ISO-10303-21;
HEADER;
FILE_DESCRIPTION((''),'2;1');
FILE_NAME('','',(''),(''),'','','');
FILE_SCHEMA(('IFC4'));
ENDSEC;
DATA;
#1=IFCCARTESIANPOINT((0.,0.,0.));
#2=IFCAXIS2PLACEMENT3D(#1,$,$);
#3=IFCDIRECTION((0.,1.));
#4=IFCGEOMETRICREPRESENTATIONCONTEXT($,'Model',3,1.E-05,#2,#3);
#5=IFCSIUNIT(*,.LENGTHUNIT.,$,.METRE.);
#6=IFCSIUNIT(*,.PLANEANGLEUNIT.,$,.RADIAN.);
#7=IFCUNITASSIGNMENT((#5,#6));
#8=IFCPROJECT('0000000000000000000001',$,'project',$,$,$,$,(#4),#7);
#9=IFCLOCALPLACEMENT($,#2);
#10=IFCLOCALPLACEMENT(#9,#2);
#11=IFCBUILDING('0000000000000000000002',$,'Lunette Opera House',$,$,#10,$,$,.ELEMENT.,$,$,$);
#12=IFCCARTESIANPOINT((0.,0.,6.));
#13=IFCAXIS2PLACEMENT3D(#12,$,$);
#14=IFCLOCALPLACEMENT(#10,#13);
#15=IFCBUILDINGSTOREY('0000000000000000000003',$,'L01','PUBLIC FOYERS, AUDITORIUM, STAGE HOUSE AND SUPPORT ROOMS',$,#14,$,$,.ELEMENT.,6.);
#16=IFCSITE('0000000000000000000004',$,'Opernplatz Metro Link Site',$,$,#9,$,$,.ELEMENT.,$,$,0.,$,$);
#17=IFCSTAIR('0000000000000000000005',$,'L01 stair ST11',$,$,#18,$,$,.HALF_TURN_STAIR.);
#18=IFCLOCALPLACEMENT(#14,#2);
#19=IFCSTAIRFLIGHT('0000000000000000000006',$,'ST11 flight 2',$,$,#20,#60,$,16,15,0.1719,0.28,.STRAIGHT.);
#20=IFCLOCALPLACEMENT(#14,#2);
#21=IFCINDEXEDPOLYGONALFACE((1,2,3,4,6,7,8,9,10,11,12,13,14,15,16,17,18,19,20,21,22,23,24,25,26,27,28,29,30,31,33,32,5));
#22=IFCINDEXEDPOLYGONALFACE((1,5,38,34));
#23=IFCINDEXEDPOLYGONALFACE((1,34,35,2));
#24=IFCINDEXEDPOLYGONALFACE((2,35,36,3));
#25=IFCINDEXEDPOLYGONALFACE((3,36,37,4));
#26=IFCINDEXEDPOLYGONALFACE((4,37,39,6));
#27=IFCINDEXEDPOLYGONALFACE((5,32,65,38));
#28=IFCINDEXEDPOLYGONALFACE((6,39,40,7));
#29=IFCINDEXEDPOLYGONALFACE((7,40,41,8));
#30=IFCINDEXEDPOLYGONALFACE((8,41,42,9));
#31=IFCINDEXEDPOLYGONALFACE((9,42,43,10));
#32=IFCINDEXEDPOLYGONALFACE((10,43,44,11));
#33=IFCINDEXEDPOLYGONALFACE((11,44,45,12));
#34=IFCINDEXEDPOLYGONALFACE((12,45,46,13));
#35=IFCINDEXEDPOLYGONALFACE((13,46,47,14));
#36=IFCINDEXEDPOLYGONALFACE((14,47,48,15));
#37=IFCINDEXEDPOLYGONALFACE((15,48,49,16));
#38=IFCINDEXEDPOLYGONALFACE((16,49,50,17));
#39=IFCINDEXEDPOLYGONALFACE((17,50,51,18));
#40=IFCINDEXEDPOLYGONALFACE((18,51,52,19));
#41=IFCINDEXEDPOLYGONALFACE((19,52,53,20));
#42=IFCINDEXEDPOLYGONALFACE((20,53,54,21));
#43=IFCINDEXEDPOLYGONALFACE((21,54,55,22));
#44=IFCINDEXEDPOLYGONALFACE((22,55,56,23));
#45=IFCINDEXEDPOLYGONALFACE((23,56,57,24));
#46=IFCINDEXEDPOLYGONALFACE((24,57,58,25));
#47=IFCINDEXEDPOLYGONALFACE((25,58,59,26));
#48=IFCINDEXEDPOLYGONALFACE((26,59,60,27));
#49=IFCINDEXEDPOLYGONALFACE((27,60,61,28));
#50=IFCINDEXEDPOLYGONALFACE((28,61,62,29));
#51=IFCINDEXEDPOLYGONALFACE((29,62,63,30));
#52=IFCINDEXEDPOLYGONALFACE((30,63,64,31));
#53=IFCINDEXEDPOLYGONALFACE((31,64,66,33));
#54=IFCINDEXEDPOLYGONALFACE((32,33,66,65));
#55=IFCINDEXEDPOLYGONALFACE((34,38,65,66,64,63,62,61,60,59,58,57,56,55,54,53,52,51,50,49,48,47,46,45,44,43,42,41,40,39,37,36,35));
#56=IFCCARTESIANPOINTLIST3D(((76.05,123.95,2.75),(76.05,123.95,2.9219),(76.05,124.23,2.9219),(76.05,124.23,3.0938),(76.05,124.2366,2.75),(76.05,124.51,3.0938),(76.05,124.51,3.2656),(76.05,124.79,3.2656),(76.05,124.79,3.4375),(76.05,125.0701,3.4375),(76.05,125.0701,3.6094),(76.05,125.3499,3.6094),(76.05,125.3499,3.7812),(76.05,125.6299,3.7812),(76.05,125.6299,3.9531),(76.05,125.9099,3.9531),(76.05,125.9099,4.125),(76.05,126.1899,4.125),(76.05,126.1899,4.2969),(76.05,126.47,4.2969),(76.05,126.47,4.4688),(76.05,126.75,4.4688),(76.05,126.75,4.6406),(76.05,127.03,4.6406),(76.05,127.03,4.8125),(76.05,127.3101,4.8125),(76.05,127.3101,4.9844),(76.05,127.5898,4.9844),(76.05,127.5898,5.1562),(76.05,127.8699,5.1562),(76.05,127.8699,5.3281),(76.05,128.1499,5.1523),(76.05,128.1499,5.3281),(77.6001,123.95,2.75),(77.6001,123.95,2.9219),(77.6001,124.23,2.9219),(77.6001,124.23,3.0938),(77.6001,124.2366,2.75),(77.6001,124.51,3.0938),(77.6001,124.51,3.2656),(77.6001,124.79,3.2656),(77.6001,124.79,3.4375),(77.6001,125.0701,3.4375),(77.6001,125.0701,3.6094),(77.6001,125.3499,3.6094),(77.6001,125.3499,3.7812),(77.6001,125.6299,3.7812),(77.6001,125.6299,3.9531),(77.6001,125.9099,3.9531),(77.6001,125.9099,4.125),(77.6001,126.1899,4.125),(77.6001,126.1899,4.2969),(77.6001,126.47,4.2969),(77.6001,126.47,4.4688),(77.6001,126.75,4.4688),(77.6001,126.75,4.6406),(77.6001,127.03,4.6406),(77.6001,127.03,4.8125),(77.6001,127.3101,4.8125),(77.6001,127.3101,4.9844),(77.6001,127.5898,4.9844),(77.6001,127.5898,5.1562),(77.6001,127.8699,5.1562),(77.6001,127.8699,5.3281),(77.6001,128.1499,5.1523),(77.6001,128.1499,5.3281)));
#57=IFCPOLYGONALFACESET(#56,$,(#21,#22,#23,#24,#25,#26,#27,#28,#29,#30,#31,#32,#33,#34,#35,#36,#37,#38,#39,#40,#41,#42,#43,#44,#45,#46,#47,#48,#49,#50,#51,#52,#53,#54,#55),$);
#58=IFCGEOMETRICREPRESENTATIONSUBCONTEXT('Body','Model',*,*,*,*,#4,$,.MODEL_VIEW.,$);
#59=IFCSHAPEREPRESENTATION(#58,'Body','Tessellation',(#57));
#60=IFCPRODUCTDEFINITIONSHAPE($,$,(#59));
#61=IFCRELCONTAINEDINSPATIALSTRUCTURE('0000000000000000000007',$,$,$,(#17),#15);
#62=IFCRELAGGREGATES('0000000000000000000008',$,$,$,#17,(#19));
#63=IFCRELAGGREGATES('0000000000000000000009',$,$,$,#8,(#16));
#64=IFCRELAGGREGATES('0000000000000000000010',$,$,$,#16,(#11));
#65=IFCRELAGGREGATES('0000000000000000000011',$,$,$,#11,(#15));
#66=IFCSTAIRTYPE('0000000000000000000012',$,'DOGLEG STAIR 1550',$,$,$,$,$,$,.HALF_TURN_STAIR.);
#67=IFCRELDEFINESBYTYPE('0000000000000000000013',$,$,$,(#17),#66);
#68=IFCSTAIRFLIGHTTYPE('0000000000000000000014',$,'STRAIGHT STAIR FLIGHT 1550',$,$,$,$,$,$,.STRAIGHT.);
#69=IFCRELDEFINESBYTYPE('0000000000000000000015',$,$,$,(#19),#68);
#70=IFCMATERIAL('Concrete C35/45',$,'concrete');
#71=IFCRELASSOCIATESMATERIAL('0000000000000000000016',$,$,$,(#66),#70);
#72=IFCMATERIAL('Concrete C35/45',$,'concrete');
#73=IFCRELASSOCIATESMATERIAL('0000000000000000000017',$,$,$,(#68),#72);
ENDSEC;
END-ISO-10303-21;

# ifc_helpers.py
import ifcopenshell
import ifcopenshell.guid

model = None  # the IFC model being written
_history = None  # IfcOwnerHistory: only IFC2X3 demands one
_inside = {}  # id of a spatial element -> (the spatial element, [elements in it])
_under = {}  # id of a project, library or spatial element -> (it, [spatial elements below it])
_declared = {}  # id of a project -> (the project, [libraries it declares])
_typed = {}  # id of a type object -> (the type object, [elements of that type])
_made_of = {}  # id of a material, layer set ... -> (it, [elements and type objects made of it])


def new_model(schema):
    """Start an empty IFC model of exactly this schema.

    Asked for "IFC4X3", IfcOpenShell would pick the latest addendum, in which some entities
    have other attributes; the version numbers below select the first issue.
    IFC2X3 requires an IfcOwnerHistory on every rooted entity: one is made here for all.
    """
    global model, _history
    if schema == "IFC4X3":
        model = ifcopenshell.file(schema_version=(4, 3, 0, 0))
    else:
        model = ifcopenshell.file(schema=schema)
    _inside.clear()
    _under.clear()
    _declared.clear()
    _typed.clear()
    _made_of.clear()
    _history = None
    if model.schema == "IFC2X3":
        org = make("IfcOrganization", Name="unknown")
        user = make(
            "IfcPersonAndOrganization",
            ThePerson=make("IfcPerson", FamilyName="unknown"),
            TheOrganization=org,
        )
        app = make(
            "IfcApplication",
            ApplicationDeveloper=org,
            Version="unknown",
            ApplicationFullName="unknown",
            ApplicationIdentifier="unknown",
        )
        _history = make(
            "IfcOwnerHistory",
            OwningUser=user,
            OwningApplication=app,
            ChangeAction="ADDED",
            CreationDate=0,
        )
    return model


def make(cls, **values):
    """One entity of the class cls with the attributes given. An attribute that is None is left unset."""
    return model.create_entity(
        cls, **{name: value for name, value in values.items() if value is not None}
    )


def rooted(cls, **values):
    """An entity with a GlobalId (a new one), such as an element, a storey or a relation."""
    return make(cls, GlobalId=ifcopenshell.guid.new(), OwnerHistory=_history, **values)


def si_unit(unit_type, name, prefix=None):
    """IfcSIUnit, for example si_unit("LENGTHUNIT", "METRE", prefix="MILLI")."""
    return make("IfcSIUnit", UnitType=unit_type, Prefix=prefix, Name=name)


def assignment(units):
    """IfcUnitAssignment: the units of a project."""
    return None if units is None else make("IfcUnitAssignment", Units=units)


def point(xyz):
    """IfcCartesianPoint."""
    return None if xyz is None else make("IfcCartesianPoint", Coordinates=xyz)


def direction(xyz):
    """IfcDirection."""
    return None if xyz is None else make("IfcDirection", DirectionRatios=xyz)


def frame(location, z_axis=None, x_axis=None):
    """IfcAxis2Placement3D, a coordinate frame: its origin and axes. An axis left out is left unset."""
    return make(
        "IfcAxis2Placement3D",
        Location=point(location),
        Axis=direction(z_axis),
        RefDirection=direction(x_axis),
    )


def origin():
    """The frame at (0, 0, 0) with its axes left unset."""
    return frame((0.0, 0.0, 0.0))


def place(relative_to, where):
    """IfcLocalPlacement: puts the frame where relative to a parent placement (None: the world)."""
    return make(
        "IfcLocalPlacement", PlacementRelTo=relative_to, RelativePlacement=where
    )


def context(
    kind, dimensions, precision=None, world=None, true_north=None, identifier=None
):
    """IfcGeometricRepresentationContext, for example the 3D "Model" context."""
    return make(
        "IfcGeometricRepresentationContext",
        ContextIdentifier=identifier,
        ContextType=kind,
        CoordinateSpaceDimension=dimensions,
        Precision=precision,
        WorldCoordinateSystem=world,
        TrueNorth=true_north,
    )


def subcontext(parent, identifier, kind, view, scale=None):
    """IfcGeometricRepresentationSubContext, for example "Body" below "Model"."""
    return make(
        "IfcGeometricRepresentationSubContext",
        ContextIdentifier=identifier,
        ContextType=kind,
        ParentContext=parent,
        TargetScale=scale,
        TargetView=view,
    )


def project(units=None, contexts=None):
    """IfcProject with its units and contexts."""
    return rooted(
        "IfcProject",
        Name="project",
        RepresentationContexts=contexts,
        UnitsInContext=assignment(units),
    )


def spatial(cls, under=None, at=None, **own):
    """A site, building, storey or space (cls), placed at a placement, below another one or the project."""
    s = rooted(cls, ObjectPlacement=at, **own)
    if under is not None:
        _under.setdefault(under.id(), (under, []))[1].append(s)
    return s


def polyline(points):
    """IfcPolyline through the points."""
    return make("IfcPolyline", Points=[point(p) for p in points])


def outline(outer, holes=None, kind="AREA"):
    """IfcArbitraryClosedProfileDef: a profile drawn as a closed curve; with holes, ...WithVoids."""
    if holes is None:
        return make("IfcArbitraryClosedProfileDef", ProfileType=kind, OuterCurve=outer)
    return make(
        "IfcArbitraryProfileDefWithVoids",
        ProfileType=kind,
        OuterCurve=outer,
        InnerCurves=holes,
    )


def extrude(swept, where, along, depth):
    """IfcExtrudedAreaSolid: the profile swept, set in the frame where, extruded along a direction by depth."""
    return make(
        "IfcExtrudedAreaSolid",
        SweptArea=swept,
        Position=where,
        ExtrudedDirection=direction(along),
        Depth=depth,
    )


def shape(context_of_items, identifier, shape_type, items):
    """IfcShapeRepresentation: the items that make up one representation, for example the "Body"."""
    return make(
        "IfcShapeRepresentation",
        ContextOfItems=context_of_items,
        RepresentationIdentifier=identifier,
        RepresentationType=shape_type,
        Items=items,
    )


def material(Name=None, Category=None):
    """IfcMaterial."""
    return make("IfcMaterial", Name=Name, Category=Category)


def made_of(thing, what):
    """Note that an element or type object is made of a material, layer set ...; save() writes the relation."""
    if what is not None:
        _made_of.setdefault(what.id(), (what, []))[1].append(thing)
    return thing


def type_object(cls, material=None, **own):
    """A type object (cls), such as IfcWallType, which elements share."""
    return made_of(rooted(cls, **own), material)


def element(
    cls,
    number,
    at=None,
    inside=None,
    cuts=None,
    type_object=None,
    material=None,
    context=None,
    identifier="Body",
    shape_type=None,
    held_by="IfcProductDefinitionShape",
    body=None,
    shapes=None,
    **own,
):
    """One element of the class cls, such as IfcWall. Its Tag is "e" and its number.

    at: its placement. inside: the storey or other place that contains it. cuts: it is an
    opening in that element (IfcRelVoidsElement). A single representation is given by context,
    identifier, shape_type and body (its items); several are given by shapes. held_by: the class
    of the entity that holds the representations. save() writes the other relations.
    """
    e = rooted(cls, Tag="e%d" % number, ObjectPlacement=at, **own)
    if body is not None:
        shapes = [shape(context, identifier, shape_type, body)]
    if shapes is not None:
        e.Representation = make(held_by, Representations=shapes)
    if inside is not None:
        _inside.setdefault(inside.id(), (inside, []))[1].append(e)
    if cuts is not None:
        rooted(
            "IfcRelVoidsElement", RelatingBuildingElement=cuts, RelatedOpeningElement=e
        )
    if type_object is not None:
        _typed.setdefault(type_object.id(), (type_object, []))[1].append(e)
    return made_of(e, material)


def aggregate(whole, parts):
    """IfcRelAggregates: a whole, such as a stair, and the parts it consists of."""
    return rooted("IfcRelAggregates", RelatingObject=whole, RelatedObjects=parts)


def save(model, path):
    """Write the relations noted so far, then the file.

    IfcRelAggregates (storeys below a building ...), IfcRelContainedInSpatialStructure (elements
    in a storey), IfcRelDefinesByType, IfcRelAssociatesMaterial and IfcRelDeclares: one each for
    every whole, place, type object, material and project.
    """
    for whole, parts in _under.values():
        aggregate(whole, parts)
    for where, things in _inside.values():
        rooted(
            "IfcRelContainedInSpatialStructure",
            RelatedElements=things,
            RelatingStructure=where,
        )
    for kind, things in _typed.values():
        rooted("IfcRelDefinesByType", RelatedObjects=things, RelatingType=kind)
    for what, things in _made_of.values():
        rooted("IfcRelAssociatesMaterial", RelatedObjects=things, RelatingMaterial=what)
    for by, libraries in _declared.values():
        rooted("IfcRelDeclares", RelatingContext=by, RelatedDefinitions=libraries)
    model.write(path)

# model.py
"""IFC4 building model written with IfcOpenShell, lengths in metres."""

from ifc_helpers import new_model, si_unit, direction, frame, origin, place, context, subcontext, project, spatial, polyline, outline, extrude, material, type_object, element, aggregate, save


model = new_model("IFC4")

# Units and contexts
model_context = context("Model", 3, precision=1e-05, world=origin(), true_north=direction((0.0, 1.0)))
body_context = subcontext(model_context, "Body", "Model", "MODEL_VIEW")
ifc_project = project(units=[si_unit("LENGTHUNIT", "METRE"), si_unit("PLANEANGLEUNIT", "RADIAN")], contexts=[model_context])

# Site, building, storey
site_placement = place(None, origin())
site = spatial("IfcSite", under=ifc_project, at=site_placement, Name="Opernplatz Metro Link Site", CompositionType="ELEMENT", RefElevation=0.0)
building_placement = place(site_placement, origin())
building = spatial("IfcBuilding", under=site, at=building_placement, Name="Lunette Opera House", CompositionType="ELEMENT")
storey_placement = place(building_placement, frame((0.0, 0.0, 6.0)))
storey = spatial("IfcBuildingStorey", under=building, at=storey_placement, Name="L01", Description="PUBLIC FOYERS, AUDITORIUM, STAGE HOUSE AND SUPPORT ROOMS", CompositionType="ELEMENT", Elevation=6.0)

# Stair, stair flight
ifc_material_1 = material(Name="Concrete C35/45", Category="concrete")
stair_type = type_object("IfcStairType", Name="DOGLEG STAIR 1550", PredefinedType="HALF_TURN_STAIR", material=ifc_material_1)
stair_placement = place(storey_placement, origin())
stair = element("IfcStair", 1, at=stair_placement, inside=storey, type_object=stair_type, Name="L01 stair ST11", PredefinedType="HALF_TURN_STAIR")
ifc_material_2 = material(Name="Concrete C35/45", Category="concrete")
stair_flight_type = type_object("IfcStairFlightType", Name="STRAIGHT STAIR FLIGHT 1550", PredefinedType="STRAIGHT", material=ifc_material_2)
stair_flight_1_placement = place(storey_placement, frame((76.825, 123.95, 2.75), z_axis=(0.0, 0.0, 1.0), x_axis=(0.0, 1.0, 0.0)))
stair_flight_1 = element("IfcStairFlight", 2, at=stair_flight_1_placement, type_object=stair_flight_type, Name="ST11 flight 2", NumberOfRisers=16, NumberOfTreads=15, PredefinedType="STRAIGHT", RiserHeight=0.1719, TreadLength=0.28, context=body_context, shape_type="SweptSolid", body=[
    extrude(outline(polyline([(0.0, 0.0), (0.0, 0.1719), (0.28, 0.1719), (0.28, 0.3438), (0.5601, 0.3438), (0.5601, 0.5156), (0.8401, 0.5156), (0.8401, 0.6875), (1.1201, 0.6875), (1.1201, 0.8594), (1.3999, 0.8594), (1.3999, 1.0312), (1.6799, 1.0312), (1.6799, 1.2031), (1.96, 1.2031), (1.96, 1.375), (2.24, 1.375), (2.24, 1.5469), (2.52, 1.5469), (2.52, 1.7188), (2.8, 1.7188), (2.8, 1.8906), (3.0801, 1.8906), (3.0801, 2.0625), (3.3601, 2.0625), (3.3601, 2.2344), (3.6399, 2.2344), (3.6399, 2.4062), (3.9199, 2.4062), (3.9199, 2.5781), (4.2, 2.5781), (4.2, 2.75), (4.2, 2.4023), (0.2866, 0.0), (0.0, 0.0)])), frame((0.0, 0.7749, 0.0), z_axis=(0.0, -1.0, 0.0), x_axis=(1.0, 0.0, 0.0)), (0.0, 0.0, 1.0), 1.55),
])
aggregate(stair, [stair_flight_1])

save(model, "model.ifc")
